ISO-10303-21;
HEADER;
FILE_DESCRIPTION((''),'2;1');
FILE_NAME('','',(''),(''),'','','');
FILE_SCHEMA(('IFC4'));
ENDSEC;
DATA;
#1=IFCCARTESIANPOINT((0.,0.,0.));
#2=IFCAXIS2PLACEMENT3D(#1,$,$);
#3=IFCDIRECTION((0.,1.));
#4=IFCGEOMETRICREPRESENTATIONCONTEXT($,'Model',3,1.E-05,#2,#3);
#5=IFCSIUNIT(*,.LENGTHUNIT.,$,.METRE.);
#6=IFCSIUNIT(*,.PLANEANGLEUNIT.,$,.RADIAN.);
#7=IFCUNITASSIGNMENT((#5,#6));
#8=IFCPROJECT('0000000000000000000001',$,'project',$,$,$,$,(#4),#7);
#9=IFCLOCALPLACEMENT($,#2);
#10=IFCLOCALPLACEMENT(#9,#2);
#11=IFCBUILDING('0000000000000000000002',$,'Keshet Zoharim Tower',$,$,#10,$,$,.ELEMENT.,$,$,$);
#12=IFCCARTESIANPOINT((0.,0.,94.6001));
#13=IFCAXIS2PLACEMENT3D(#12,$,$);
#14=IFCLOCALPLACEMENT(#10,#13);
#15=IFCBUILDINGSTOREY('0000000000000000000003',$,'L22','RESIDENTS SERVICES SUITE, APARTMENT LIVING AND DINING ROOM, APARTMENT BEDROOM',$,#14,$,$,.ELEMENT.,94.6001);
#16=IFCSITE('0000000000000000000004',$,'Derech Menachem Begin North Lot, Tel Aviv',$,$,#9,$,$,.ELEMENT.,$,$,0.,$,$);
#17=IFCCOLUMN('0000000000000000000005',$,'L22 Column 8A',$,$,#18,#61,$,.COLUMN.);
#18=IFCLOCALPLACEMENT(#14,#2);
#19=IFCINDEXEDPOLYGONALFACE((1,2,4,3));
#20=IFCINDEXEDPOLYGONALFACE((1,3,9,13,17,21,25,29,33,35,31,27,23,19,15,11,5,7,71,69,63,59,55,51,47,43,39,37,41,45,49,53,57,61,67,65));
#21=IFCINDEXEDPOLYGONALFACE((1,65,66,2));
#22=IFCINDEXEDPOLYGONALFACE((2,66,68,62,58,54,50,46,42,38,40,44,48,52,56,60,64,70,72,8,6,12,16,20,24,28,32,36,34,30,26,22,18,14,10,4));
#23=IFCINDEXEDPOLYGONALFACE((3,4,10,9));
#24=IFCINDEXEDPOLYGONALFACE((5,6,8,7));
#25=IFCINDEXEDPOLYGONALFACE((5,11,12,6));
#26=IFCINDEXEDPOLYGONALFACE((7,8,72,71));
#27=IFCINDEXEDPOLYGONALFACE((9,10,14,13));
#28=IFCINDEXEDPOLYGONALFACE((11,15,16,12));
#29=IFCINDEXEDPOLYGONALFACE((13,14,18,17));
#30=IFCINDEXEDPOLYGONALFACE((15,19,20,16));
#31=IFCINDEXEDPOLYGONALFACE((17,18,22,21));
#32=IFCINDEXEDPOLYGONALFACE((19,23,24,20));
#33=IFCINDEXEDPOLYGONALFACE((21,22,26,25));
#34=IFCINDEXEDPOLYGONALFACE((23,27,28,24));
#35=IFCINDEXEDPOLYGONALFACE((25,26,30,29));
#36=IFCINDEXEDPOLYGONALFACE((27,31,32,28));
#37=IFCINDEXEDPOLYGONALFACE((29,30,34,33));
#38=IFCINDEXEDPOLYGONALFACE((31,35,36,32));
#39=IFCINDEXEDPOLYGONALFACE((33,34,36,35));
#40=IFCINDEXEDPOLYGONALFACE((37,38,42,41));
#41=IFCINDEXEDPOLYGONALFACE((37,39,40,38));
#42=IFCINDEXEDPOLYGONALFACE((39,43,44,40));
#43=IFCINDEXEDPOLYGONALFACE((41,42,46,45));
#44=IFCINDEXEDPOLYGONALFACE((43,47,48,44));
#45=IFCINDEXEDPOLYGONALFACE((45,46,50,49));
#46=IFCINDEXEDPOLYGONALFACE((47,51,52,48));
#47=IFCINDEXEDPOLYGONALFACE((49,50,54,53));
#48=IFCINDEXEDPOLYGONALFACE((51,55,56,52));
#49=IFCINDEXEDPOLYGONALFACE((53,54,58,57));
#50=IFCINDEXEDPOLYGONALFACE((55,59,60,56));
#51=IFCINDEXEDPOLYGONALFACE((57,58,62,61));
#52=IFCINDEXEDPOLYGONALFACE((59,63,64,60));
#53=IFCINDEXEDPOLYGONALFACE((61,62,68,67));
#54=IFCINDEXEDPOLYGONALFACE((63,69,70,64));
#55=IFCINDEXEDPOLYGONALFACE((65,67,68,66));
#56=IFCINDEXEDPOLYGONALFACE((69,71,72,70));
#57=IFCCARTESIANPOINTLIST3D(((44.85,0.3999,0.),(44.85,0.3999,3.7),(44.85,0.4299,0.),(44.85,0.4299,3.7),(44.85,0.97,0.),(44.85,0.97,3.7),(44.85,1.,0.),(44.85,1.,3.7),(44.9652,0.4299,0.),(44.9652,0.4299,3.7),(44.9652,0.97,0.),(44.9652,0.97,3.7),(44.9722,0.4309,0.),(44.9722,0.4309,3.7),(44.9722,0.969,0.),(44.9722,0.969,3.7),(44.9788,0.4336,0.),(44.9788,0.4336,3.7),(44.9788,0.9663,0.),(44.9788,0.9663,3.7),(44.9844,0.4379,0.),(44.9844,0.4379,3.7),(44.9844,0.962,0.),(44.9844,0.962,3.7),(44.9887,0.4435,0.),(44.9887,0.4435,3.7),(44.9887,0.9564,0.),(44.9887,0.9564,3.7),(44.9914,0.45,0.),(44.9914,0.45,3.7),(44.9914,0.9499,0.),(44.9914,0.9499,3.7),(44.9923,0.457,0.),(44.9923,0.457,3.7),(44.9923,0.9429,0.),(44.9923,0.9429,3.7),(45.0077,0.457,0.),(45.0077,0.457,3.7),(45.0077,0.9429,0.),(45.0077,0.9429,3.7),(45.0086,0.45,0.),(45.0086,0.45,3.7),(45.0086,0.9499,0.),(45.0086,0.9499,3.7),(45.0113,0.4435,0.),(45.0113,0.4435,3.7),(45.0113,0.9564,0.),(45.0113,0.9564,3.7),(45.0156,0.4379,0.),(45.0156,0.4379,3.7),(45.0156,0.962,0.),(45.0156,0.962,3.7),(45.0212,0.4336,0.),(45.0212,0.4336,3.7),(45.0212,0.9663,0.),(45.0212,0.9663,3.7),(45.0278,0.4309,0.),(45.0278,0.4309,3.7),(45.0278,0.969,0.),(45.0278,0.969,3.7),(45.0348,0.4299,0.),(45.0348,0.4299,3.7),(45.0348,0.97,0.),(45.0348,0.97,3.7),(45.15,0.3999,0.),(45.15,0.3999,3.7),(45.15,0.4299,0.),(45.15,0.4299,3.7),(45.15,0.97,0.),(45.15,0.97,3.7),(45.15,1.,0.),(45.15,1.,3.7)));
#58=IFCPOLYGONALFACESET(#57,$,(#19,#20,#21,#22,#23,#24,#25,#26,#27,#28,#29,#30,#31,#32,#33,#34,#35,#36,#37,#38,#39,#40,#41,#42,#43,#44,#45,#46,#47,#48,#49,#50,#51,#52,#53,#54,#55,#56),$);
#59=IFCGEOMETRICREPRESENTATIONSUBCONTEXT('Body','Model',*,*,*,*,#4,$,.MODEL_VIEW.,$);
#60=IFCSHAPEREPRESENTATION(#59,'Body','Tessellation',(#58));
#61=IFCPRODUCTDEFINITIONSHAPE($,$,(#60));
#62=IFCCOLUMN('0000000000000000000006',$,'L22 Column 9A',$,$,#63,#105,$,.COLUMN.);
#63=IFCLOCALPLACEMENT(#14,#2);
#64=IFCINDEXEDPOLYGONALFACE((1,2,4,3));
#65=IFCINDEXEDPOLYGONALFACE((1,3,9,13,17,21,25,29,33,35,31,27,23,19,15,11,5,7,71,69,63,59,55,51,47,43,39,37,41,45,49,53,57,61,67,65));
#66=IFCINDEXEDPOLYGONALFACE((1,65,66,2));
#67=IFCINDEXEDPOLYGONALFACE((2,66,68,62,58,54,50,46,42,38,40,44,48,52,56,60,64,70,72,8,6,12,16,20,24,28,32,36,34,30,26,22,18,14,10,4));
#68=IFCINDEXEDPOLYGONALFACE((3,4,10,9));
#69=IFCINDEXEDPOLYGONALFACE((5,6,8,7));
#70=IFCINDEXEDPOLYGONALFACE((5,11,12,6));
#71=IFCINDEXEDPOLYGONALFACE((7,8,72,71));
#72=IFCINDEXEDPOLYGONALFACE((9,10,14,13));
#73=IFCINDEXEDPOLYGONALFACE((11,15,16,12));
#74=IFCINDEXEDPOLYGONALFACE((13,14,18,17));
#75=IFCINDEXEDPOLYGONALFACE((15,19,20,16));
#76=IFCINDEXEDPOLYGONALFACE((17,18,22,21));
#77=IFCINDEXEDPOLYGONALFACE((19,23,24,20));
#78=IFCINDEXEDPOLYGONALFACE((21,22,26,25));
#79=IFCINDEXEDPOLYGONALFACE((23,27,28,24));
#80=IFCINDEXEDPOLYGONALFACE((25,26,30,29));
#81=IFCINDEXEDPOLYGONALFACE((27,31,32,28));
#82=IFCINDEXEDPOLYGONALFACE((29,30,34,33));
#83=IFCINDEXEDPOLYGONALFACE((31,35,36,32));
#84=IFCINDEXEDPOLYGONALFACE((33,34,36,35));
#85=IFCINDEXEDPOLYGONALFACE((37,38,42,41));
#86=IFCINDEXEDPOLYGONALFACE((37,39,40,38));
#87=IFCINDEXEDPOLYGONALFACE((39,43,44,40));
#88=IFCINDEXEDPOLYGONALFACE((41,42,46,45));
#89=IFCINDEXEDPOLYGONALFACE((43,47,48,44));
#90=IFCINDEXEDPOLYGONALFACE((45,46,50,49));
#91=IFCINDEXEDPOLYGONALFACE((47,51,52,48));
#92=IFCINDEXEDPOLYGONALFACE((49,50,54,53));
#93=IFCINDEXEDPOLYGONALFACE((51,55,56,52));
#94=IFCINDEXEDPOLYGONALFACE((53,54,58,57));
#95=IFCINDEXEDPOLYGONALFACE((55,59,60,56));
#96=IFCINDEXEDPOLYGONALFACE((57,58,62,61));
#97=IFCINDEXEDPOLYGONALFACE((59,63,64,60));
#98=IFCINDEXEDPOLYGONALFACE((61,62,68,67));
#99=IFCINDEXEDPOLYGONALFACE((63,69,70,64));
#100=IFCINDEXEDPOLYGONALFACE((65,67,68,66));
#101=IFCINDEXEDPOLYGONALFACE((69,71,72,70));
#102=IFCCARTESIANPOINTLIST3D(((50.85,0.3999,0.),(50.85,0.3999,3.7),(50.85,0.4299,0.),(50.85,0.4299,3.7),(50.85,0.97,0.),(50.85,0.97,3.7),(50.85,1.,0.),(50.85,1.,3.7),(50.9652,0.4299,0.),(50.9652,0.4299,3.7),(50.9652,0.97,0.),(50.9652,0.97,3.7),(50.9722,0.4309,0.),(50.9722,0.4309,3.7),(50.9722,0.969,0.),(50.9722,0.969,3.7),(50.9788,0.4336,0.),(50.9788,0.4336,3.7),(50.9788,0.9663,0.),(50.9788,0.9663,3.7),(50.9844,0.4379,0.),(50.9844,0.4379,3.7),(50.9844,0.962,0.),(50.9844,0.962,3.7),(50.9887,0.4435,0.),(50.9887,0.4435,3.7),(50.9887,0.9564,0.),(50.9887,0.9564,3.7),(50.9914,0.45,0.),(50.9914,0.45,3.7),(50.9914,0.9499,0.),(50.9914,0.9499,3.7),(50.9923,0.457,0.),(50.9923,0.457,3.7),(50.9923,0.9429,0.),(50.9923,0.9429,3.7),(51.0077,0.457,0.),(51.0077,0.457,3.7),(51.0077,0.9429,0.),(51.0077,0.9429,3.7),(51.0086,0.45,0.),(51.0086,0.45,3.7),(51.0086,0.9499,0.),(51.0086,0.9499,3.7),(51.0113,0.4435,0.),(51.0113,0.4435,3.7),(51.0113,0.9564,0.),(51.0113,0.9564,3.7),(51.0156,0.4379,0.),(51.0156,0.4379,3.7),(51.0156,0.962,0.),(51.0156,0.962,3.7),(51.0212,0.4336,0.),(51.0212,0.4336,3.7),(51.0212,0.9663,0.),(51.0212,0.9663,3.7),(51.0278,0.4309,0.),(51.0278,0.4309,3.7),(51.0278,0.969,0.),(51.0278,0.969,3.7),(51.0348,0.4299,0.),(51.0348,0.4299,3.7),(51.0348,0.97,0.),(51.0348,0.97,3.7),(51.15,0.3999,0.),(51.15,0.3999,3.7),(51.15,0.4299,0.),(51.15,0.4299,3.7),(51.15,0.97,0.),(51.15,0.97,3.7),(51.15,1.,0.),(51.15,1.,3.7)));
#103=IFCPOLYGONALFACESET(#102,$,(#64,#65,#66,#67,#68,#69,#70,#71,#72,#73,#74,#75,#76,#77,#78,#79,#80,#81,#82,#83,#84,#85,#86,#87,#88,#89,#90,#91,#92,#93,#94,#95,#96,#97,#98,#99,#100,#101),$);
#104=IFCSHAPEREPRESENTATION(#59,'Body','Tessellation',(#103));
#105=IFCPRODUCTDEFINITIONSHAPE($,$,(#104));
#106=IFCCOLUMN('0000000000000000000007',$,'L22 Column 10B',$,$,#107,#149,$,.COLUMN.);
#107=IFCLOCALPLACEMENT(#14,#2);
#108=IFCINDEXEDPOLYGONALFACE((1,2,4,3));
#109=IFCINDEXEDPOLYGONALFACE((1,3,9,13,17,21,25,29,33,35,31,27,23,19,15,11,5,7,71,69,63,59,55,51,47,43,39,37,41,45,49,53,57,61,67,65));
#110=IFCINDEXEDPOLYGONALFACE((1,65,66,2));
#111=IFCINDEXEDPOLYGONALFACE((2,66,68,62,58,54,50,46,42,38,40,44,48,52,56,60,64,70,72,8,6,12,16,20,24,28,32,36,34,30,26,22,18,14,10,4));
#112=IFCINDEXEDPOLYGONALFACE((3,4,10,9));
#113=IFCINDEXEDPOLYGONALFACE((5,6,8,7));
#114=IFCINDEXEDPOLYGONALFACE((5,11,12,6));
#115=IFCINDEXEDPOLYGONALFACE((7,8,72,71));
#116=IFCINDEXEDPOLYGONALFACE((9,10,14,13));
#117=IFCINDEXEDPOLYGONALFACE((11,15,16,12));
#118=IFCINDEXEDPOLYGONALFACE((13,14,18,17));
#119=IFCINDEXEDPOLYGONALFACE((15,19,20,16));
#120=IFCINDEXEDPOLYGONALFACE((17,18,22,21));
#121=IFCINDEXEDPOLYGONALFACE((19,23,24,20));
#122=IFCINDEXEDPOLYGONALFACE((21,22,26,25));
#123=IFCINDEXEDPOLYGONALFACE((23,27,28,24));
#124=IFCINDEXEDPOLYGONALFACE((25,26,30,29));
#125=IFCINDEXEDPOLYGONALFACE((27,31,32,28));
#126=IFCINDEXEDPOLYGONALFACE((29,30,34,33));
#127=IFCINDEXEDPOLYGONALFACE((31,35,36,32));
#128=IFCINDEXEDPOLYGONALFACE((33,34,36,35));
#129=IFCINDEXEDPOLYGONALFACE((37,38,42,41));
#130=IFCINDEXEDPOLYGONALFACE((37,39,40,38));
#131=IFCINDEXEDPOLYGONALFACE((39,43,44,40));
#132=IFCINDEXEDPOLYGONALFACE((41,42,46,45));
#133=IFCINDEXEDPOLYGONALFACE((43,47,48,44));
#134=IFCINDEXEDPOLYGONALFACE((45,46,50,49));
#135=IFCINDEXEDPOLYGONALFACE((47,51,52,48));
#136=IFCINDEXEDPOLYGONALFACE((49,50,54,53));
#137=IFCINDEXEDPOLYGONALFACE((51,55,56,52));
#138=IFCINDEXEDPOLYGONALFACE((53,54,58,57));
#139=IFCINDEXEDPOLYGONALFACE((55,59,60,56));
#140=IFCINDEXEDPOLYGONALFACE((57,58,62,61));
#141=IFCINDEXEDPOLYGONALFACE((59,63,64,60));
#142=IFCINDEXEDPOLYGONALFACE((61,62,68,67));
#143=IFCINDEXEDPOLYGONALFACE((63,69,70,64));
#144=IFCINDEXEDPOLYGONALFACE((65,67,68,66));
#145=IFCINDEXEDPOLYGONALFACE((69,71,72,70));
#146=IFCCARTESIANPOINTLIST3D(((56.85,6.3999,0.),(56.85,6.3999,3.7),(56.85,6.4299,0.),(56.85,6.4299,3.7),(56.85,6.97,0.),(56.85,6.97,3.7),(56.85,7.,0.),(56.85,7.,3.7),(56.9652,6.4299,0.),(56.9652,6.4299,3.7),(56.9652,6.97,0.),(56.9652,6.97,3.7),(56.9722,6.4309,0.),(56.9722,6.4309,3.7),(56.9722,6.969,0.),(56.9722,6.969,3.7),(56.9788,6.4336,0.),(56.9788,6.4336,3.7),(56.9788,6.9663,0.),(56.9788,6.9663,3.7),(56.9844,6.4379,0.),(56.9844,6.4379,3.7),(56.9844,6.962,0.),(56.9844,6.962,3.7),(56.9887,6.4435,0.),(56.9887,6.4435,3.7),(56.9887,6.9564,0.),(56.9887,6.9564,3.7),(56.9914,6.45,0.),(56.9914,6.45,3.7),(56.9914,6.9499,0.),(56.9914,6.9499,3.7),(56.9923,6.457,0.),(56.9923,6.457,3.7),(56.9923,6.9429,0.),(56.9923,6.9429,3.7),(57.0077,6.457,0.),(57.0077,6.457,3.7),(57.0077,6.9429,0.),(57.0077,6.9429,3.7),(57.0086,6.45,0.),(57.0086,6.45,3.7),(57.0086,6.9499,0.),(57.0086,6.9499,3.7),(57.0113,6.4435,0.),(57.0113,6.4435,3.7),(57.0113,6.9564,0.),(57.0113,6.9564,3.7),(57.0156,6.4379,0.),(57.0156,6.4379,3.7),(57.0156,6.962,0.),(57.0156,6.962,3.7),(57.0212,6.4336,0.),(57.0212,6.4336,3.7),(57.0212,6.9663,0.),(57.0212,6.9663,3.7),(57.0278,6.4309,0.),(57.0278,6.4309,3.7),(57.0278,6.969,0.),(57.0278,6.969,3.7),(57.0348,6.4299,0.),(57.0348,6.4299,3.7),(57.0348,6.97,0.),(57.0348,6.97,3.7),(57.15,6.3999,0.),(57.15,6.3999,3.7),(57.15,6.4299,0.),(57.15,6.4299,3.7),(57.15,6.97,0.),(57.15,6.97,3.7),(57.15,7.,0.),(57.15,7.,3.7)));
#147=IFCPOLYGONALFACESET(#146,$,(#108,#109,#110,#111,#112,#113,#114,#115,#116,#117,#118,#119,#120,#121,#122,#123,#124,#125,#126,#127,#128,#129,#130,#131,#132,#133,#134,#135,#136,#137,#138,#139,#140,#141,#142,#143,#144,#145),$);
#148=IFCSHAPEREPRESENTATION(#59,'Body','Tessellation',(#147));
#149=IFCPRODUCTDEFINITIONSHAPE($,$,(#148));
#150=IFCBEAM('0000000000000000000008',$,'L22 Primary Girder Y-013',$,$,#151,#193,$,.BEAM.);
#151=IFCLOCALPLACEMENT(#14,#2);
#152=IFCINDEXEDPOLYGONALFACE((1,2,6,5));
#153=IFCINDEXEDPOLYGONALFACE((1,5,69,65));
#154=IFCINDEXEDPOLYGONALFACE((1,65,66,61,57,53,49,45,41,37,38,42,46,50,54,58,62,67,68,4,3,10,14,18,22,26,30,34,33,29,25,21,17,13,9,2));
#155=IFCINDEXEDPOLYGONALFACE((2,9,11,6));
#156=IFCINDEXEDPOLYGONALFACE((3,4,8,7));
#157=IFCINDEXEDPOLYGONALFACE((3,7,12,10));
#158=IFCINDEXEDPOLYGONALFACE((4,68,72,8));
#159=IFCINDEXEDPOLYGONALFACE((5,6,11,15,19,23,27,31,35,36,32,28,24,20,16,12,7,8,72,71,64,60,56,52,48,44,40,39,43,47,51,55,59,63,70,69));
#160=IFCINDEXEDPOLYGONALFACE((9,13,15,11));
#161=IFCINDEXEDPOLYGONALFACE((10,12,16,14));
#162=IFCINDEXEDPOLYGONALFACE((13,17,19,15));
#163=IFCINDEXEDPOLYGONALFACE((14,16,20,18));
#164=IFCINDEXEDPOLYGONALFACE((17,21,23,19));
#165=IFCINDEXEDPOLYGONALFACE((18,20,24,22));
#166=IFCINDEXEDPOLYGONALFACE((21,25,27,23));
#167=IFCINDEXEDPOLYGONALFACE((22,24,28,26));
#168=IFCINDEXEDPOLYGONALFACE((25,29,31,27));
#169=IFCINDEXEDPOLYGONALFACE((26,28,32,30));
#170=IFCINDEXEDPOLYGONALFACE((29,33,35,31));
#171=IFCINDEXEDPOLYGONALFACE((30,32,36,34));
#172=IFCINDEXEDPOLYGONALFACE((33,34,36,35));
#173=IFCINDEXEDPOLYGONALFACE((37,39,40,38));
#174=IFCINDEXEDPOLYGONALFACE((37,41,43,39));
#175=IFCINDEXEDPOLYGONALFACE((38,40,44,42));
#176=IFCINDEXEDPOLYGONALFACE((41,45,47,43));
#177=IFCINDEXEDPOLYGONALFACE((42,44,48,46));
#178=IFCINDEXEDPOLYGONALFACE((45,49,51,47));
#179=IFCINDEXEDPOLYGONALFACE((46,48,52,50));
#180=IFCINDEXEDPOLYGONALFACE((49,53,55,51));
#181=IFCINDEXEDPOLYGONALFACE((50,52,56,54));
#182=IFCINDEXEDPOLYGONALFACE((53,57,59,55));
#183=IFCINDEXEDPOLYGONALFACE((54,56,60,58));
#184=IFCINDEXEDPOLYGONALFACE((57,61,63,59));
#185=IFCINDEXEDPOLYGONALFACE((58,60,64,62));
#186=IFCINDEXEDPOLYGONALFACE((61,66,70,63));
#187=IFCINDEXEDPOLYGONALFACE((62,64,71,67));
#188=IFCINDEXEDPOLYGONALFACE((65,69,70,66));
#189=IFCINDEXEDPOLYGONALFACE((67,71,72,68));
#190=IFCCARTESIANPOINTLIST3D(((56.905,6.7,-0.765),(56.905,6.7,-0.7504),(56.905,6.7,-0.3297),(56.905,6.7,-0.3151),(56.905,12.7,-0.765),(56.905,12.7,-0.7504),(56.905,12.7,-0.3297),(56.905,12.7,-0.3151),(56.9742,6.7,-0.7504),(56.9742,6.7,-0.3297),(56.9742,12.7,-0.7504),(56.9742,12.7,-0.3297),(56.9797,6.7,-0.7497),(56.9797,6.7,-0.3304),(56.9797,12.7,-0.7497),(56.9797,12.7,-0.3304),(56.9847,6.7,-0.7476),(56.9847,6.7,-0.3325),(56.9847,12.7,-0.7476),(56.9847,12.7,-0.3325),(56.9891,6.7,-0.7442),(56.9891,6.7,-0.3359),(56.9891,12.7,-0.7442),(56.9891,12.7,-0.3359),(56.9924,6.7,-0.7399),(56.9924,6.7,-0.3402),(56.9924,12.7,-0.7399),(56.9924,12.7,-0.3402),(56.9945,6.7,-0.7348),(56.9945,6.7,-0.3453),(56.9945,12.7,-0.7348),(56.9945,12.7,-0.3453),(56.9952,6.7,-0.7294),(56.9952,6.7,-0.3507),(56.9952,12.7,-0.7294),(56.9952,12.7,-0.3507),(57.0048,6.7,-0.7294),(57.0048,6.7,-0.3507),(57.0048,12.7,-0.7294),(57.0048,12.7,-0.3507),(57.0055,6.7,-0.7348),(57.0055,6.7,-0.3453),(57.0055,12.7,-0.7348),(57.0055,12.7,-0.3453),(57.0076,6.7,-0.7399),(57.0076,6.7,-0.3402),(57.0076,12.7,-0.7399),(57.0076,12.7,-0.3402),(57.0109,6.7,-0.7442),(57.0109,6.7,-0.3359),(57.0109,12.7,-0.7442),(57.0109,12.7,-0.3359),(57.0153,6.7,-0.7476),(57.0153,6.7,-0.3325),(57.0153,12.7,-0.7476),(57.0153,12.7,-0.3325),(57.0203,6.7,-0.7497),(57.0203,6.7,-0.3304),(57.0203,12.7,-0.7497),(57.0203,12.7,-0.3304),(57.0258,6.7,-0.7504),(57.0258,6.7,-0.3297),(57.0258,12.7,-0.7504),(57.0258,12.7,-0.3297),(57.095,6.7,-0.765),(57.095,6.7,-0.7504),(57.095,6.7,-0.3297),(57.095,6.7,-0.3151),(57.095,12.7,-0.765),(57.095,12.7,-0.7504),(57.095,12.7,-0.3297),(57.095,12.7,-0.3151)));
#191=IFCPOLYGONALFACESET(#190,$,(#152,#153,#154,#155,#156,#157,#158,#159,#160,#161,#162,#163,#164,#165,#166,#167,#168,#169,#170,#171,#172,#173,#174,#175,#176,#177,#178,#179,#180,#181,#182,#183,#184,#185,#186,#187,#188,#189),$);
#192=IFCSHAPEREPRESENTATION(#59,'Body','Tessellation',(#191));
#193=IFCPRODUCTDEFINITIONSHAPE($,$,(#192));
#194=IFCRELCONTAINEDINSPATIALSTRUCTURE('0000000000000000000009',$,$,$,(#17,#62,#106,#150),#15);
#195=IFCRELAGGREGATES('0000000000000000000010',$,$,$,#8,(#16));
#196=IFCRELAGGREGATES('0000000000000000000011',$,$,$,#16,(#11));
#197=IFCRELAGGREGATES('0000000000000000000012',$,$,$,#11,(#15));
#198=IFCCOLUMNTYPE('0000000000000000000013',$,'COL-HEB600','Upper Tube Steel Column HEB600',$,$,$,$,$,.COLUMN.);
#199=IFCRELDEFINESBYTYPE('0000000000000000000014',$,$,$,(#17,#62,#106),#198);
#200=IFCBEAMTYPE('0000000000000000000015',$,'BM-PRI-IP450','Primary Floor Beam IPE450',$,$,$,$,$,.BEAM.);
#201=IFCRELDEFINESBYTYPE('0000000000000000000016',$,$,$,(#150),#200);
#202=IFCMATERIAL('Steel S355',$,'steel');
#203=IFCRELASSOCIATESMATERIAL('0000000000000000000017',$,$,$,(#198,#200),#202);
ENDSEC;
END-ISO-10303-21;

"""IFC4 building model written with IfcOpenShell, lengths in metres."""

from ifc_helpers import new_model, si_unit, direction, frame, origin, origin_2d, place, context, subcontext, project, spatial, i_section, extrude, material, material_profile, profile_set, type_object, element, save


model = new_model("IFC4")

# Units and contexts
model_context = context("Model", 3, precision=1e-05, world=origin(), true_north=direction((0.0, 1.0)))
body_context = subcontext(model_context, "Body", "Model", "MODEL_VIEW")
ifc_project = project(units=[si_unit("LENGTHUNIT", "METRE"), si_unit("PLANEANGLEUNIT", "RADIAN")], contexts=[model_context])

# Site, building, storey
site_placement = place(None, origin())
site = spatial("IfcSite", under=ifc_project, at=site_placement, Name="Derech Menachem Begin North Lot, Tel Aviv", CompositionType="ELEMENT", RefElevation=0.0)
building_placement = place(site_placement, origin())
building = spatial("IfcBuilding", under=site, at=building_placement, Name="Keshet Zoharim Tower", CompositionType="ELEMENT")
storey_placement = place(building_placement, frame((0.0, 0.0, 94.6001)))
storey = spatial("IfcBuildingStorey", under=building, at=storey_placement, Name="L22", Description="RESIDENTS SERVICES SUITE, APARTMENT LIVING AND DINING ROOM, APARTMENT BEDROOM", CompositionType="ELEMENT", Elevation=94.6001)

# Columns
ifc_material_1 = material(Name="Steel S355", Category="steel")
ifc_material_profile_1 = material_profile(ifc_material_1, i_section(OverallWidth=0.3, OverallDepth=0.6001, WebThickness=0.0154, FlangeThickness=0.03, FilletRadius=0.0271, at=origin_2d()), Name="HEB600")
ifc_profile_set_1 = profile_set([ifc_material_profile_1], Name="Steel S355")
column_type = type_object("IfcColumnType", Name="COL-HEB600", Description="Upper Tube Steel Column HEB600", PredefinedType="COLUMN", material=ifc_profile_set_1)
for number, where, z_axis, x_axis, name in (
    (1, (45.0, 0.7, 0.0), (0.0, 0.0, 1.0), (1.0, 0.0, 0.0), "L22 Column 8A"),
    (2, (51.0, 0.7, 0.0), (0.0, 0.0, 1.0), (1.0, 0.0, 0.0), "L22 Column 9A"),
    (3, (57.0, 6.7, 0.0), (0.0, 0.0, 1.0), (1.0, 0.0, 0.0), "L22 Column 10B"),
):
    element("IfcColumn", number, at=place(storey_placement, frame(where, z_axis=z_axis, x_axis=x_axis)), inside=storey, type_object=column_type, Name=name, PredefinedType="COLUMN", context=body_context, shape_type="SweptSolid", body=[
        extrude(i_section(OverallWidth=0.3, OverallDepth=0.6001, WebThickness=0.0154, FlangeThickness=0.03, FilletRadius=0.0271, at=origin_2d()), origin(), (0.0, 0.0, 1.0), 3.7),
    ])

# Beam
ifc_material_profile_2 = material_profile(ifc_material_1, i_section(OverallWidth=0.1899, OverallDepth=0.45, WebThickness=0.0095, FlangeThickness=0.0146, FilletRadius=0.021, at=origin_2d()), Name="IPE450")
ifc_profile_set_2 = profile_set([ifc_material_profile_2], Name="Steel S355")
beam_type_1 = type_object("IfcBeamType", Name="BM-PRI-IP450", Description="Primary Floor Beam IPE450", PredefinedType="BEAM", material=ifc_profile_set_2)
beam_1_placement = place(storey_placement, frame((57.0, 6.7, -0.54), z_axis=(0.0, 1.0, 0.0), x_axis=(-1.0, 0.0, 0.0)))
element("IfcBeam", 4, at=beam_1_placement, inside=storey, type_object=beam_type_1, Name="L22 Primary Girder Y-013", PredefinedType="BEAM", context=body_context, shape_type="SweptSolid", body=[
    extrude(i_section(OverallWidth=0.1899, OverallDepth=0.45, WebThickness=0.0095, FlangeThickness=0.0146, FilletRadius=0.021, at=origin_2d()), origin(), (0.0, 0.0, 1.0), 6.0),
])

save(model, "model.ifc")
